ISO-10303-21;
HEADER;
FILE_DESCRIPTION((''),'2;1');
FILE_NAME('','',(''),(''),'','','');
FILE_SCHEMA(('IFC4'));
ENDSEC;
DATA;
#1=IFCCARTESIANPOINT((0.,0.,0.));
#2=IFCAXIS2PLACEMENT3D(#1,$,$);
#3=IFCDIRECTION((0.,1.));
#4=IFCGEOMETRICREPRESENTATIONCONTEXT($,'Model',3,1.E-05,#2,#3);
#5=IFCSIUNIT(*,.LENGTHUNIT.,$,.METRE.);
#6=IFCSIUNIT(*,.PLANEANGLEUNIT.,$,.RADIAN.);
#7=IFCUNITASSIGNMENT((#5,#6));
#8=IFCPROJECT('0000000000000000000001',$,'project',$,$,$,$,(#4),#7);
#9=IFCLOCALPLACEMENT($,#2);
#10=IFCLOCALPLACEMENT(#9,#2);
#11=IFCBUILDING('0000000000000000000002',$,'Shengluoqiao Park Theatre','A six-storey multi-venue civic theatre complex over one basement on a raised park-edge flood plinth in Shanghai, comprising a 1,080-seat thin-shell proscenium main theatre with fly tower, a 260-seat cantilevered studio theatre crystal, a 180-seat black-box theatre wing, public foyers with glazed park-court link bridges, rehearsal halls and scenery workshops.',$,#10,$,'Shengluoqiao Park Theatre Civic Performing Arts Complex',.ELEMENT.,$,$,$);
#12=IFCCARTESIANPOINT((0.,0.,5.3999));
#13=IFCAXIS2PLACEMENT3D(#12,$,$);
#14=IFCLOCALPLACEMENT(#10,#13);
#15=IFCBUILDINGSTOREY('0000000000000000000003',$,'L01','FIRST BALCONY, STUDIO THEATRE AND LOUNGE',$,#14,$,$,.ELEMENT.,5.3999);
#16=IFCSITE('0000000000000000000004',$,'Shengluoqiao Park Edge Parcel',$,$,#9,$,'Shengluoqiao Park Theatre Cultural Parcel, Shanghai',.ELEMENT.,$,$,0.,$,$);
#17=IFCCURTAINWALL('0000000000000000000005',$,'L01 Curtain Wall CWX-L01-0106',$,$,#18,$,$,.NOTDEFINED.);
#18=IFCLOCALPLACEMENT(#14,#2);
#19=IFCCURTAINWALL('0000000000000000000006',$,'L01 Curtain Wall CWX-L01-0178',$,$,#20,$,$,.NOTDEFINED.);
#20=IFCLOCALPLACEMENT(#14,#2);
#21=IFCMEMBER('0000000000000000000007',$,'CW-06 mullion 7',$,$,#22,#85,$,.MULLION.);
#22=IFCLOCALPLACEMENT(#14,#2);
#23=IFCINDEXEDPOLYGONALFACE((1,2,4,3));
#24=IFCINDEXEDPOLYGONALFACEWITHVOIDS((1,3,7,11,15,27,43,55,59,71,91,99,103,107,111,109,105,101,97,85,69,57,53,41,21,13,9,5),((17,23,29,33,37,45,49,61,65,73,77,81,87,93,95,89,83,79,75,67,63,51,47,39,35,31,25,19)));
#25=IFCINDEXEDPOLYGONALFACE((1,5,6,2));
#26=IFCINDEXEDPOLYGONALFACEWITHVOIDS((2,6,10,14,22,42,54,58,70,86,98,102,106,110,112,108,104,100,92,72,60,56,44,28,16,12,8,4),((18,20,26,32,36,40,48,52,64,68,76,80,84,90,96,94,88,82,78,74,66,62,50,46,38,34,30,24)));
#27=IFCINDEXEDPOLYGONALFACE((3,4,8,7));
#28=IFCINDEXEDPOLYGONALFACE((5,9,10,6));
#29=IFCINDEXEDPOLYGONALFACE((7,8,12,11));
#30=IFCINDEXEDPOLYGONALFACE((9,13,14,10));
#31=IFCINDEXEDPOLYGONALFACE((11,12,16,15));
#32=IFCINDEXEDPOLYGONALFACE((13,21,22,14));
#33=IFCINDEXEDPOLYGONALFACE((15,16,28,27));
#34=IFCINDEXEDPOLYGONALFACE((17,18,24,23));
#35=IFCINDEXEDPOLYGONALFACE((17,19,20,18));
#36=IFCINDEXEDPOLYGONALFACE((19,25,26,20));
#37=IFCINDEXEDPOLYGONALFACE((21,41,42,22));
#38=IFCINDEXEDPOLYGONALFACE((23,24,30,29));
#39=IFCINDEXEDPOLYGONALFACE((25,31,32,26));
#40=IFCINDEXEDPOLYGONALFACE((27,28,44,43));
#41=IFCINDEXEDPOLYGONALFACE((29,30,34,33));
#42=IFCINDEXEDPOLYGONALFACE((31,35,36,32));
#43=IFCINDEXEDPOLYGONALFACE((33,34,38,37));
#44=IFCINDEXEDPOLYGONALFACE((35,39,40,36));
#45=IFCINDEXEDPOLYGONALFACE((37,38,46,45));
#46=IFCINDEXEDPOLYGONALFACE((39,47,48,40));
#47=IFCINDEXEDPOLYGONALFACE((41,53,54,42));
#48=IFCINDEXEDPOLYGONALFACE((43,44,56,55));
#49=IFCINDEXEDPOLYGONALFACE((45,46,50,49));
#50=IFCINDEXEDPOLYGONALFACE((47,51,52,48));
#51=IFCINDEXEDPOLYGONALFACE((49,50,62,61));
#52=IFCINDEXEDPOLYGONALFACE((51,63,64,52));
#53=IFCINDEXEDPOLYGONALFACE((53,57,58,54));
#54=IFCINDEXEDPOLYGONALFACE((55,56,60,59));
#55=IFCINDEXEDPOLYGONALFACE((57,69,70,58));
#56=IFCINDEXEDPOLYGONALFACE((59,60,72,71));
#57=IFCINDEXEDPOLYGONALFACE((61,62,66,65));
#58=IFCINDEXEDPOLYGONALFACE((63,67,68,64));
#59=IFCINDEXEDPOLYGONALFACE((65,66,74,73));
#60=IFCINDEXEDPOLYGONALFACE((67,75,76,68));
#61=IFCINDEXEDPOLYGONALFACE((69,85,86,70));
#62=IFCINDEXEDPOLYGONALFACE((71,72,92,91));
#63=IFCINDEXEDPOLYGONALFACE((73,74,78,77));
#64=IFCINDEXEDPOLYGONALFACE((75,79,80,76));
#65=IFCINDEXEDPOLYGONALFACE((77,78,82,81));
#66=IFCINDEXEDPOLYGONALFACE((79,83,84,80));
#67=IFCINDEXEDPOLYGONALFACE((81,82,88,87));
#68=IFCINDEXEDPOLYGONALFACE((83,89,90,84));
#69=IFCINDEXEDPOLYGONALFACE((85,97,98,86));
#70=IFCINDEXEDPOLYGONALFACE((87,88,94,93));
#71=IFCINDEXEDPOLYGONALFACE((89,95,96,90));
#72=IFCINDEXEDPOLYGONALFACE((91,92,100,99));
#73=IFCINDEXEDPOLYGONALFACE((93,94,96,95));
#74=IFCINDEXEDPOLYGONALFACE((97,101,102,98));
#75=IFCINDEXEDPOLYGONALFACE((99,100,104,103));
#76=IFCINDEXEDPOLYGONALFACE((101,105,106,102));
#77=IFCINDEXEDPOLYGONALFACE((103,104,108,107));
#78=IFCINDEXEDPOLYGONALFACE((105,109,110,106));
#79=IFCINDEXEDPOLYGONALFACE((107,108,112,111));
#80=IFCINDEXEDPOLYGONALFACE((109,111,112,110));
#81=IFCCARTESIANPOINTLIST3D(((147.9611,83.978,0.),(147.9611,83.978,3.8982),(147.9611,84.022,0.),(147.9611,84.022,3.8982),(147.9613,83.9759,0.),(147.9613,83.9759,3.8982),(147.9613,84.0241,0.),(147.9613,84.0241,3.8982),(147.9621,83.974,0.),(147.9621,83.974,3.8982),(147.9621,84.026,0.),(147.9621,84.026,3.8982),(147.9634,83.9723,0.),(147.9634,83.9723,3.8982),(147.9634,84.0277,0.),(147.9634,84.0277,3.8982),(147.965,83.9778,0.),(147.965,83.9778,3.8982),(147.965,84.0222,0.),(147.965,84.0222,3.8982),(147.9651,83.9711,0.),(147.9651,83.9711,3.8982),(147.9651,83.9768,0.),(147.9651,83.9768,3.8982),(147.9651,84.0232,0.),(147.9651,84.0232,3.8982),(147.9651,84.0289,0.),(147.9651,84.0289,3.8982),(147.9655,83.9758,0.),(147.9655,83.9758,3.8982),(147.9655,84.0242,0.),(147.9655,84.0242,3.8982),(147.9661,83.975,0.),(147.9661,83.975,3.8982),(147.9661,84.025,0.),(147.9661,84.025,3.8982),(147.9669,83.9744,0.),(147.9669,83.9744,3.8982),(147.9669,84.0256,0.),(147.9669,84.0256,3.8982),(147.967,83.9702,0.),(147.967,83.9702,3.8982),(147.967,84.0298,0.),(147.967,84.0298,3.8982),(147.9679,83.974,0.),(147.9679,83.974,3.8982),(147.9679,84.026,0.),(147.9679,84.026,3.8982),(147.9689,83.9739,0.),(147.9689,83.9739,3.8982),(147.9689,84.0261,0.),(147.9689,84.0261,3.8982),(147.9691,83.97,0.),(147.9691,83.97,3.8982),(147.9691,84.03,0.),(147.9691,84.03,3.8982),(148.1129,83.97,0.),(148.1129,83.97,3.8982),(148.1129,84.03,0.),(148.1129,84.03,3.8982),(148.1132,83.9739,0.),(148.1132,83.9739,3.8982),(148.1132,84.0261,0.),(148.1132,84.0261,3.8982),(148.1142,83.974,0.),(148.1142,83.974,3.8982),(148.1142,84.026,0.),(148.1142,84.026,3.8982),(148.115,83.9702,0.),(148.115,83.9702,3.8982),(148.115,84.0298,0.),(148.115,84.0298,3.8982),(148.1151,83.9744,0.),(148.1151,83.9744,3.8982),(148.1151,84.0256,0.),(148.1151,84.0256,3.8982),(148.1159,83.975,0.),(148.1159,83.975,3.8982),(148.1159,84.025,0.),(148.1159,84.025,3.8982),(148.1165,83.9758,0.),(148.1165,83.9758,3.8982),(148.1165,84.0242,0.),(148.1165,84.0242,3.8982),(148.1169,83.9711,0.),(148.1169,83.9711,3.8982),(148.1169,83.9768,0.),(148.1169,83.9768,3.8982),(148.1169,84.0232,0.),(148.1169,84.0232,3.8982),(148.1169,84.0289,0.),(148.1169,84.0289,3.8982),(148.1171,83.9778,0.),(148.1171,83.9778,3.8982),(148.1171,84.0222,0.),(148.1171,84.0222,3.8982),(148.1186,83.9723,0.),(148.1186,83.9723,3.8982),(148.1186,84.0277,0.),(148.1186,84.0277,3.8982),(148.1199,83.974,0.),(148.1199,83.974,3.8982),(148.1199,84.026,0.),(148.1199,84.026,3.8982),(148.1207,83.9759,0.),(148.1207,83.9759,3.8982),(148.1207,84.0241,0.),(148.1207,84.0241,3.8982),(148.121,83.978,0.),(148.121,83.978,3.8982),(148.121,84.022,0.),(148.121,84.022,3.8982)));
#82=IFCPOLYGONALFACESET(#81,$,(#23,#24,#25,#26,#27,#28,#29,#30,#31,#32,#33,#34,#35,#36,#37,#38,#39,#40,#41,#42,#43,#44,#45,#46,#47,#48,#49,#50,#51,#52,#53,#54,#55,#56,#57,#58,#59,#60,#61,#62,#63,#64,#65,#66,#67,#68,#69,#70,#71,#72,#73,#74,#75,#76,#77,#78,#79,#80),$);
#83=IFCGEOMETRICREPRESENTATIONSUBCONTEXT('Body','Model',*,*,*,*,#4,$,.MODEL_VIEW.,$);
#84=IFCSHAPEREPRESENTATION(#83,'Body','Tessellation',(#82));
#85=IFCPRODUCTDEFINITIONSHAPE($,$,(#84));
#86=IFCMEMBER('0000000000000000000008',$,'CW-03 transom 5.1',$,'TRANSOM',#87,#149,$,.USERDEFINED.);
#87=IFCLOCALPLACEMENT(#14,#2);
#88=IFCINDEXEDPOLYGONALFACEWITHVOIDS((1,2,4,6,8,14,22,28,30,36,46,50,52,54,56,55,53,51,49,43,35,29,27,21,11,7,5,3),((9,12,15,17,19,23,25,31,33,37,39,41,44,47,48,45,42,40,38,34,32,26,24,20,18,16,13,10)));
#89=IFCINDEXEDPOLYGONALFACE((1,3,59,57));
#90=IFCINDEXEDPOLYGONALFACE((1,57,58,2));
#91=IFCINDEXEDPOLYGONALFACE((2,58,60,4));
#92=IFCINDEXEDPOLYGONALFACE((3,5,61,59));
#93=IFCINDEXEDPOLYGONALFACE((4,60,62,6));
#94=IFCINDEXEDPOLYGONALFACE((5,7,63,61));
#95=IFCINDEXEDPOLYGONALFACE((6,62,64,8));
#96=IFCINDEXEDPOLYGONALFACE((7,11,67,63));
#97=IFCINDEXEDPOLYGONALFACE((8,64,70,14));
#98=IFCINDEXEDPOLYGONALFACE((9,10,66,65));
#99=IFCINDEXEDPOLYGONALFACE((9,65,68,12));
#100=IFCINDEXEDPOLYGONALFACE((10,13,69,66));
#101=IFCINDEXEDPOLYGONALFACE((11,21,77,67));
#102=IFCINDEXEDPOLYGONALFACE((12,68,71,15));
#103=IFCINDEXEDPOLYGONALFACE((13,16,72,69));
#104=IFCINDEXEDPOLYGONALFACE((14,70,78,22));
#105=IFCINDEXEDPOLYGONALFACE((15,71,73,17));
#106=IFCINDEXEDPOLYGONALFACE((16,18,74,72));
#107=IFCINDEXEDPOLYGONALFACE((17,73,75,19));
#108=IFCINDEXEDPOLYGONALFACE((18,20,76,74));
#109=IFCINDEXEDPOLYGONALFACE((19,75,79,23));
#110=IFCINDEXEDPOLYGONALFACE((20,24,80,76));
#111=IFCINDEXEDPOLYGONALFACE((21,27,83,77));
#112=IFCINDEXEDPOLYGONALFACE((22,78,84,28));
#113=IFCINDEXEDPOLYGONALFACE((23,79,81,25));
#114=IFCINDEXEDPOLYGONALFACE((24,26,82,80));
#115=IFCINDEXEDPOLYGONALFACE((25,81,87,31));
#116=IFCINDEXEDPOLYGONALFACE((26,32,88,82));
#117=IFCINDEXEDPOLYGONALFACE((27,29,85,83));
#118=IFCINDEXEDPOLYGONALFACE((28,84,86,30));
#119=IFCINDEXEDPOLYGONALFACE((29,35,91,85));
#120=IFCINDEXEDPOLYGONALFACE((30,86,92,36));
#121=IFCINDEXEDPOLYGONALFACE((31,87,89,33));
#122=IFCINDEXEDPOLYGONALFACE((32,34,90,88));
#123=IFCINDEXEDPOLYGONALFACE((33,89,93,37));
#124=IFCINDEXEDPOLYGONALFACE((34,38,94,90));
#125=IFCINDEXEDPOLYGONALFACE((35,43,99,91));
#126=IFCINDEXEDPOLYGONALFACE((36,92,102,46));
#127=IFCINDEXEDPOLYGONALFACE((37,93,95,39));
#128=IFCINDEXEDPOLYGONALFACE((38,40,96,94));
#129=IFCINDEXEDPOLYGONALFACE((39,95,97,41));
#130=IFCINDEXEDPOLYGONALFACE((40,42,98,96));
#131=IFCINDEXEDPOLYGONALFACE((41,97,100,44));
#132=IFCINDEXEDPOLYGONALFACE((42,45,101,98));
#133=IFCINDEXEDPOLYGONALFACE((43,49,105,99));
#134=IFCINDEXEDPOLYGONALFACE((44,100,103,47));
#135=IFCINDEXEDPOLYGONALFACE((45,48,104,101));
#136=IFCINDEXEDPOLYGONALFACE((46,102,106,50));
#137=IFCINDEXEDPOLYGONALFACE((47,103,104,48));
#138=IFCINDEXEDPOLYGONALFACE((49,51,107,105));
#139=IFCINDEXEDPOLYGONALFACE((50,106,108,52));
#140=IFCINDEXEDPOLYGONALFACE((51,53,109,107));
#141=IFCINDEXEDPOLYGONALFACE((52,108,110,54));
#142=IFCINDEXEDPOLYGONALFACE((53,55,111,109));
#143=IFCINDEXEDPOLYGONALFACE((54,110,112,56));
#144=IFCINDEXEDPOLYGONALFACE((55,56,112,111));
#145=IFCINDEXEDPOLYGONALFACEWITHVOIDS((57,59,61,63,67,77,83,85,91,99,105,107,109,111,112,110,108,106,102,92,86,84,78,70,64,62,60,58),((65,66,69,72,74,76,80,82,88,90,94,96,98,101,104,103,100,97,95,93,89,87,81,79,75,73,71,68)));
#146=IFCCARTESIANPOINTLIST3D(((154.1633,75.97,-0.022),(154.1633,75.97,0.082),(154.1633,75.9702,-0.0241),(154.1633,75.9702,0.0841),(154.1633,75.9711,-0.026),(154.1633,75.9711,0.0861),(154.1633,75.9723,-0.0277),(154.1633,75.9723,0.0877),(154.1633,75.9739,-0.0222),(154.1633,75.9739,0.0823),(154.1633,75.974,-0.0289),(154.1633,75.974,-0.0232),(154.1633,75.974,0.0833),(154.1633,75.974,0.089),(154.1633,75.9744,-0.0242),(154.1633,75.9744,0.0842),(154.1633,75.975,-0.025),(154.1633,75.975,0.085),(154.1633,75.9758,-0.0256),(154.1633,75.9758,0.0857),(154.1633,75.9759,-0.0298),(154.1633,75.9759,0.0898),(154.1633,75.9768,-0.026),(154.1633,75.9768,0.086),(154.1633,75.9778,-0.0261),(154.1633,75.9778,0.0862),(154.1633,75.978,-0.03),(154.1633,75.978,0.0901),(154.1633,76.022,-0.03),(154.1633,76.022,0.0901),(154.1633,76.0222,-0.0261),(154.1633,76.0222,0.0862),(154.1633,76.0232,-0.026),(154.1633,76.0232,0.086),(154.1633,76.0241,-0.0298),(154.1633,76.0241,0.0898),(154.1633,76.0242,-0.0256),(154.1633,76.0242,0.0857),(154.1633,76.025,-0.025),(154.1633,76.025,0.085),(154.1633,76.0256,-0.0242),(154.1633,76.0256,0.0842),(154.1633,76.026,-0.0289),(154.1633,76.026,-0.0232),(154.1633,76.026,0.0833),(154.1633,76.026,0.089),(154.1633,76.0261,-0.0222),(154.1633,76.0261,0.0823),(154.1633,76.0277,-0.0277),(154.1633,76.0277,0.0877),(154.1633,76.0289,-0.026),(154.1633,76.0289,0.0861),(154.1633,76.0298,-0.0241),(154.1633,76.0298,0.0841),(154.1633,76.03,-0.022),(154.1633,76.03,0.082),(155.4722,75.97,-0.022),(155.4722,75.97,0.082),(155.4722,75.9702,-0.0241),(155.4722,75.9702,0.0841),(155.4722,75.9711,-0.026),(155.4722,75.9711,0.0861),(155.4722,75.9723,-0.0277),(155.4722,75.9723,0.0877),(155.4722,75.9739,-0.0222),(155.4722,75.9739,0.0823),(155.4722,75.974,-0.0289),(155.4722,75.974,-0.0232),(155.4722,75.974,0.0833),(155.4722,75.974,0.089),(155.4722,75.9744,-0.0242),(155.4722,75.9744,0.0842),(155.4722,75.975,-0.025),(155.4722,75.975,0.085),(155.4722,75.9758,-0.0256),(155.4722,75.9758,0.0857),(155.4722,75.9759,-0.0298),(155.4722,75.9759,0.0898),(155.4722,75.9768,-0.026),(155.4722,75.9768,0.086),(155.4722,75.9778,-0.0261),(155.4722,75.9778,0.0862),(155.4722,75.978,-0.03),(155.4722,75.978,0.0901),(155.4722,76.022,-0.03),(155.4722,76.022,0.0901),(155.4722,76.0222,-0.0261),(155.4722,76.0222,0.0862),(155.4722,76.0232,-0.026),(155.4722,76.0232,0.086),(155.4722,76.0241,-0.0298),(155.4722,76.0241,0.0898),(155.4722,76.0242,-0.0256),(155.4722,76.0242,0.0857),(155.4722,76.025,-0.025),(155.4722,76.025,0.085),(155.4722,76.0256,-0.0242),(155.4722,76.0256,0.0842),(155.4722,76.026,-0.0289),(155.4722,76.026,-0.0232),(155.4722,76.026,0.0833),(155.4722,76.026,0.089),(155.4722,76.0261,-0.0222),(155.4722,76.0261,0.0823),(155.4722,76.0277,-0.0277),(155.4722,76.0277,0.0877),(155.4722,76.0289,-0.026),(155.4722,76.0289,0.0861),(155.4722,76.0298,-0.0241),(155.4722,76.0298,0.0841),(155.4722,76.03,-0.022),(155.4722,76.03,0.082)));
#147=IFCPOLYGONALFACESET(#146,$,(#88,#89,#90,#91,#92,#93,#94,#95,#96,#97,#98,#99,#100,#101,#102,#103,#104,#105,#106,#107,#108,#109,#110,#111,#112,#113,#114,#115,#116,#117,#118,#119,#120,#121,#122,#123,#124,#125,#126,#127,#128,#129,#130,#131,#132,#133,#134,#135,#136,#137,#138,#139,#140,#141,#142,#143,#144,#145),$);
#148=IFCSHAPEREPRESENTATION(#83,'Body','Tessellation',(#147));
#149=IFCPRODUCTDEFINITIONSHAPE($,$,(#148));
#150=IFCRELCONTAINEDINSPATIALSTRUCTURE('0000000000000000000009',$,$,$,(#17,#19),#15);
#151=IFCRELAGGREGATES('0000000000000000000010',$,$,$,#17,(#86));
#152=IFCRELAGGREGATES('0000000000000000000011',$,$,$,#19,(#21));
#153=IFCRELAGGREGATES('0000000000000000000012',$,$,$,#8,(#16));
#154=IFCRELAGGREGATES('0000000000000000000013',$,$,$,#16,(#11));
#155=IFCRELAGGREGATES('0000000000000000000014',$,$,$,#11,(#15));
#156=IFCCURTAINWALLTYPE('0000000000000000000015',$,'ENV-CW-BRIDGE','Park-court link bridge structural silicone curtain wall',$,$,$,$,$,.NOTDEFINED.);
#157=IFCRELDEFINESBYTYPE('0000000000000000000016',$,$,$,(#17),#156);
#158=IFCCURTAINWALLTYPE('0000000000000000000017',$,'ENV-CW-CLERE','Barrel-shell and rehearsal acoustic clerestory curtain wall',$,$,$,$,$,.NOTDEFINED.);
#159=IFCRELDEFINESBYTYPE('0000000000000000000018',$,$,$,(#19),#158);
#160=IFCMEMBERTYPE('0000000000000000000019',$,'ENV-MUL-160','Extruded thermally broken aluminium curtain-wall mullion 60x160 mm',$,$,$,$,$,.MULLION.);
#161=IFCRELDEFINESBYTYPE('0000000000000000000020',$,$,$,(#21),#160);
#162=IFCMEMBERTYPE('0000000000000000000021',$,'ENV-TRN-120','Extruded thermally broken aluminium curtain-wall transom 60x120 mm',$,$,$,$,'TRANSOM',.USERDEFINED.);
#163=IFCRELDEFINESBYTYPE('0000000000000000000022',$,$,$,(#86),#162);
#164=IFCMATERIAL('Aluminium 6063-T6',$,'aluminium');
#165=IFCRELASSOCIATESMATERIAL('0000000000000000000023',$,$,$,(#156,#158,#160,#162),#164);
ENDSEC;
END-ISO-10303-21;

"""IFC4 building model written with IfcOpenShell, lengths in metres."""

from ifc_helpers import new_model, si_unit, direction, frame, origin, origin_2d, place, context, subcontext, project, spatial, hollow_rectangle, extrude, material, material_profile, profile_set, type_object, element, aggregate, save


model = new_model("IFC4")

# Units and contexts
model_context = context("Model", 3, precision=1e-05, world=origin(), true_north=direction((0.0, 1.0)))
body_context = subcontext(model_context, "Body", "Model", "MODEL_VIEW")
ifc_project = project(units=[si_unit("LENGTHUNIT", "METRE"), si_unit("PLANEANGLEUNIT", "RADIAN")], contexts=[model_context])

# Site, building, storey
site_placement = place(None, origin())
site = spatial("IfcSite", under=ifc_project, at=site_placement, Name="Shengluoqiao Park Edge Parcel", LongName="Shengluoqiao Park Theatre Cultural Parcel, Shanghai", CompositionType="ELEMENT", RefElevation=0.0)
building_placement = place(site_placement, origin())
building = spatial("IfcBuilding", under=site, at=building_placement, Name="Shengluoqiao Park Theatre", Description="A six-storey multi-venue civic theatre complex over one basement on a raised park-edge flood plinth in Shanghai, comprising a 1,080-seat thin-shell proscenium main theatre with fly tower, a 260-seat cantilevered studio theatre crystal, a 180-seat black-box theatre wing, public foyers with glazed park-court link bridges, rehearsal halls and scenery workshops.", LongName="Shengluoqiao Park Theatre Civic Performing Arts Complex", CompositionType="ELEMENT")
storey_placement = place(building_placement, frame((0.0, 0.0, 5.3999)))
storey = spatial("IfcBuildingStorey", under=building, at=storey_placement, Name="L01", Description="FIRST BALCONY, STUDIO THEATRE AND LOUNGE", CompositionType="ELEMENT", Elevation=5.3999)

# Curtain wall
ifc_material_1 = material(Name="Aluminium 6063-T6", Category="aluminium")
curtain_wall_type_1 = type_object("IfcCurtainWallType", Name="ENV-CW-BRIDGE", Description="Park-court link bridge structural silicone curtain wall", PredefinedType="NOTDEFINED", material=ifc_material_1)
curtain_wall_1_placement = place(storey_placement, origin())
curtain_wall_1 = element("IfcCurtainWall", 1, at=curtain_wall_1_placement, inside=storey, type_object=curtain_wall_type_1, Name="L01 Curtain Wall CWX-L01-0106", PredefinedType="NOTDEFINED")
ifc_material_profile_1 = material_profile(ifc_material_1, hollow_rectangle(XDim=0.0601, YDim=0.1599, WallThickness=0.0039, InnerFilletRadius=0.0039, OuterFilletRadius=0.0081, at=origin_2d()), Name="ALU MULLION 160x60x4")
ifc_profile_set_1 = profile_set([ifc_material_profile_1], Name="Aluminium 6063-T6")
member_type_1 = type_object("IfcMemberType", Name="ENV-MUL-160", Description="Extruded thermally broken aluminium curtain-wall mullion 60x160 mm", PredefinedType="MULLION", material=ifc_profile_set_1)

# Curtain wall, member
curtain_wall_type_2 = type_object("IfcCurtainWallType", Name="ENV-CW-CLERE", Description="Barrel-shell and rehearsal acoustic clerestory curtain wall", PredefinedType="NOTDEFINED", material=ifc_material_1)
curtain_wall_2_placement = place(storey_placement, origin())
curtain_wall_2 = element("IfcCurtainWall", 2, at=curtain_wall_2_placement, inside=storey, type_object=curtain_wall_type_2, Name="L01 Curtain Wall CWX-L01-0178", PredefinedType="NOTDEFINED")
member_1_placement = place(storey_placement, frame((148.041, 84.0, 0.0), z_axis=(0.0, 0.0, 1.0), x_axis=(0.0, 1.0, 0.0)))
member_1 = element("IfcMember", 3, at=member_1_placement, type_object=member_type_1, Name="CW-06 mullion 7", PredefinedType="MULLION", context=body_context, shape_type="SweptSolid", body=[
    extrude(hollow_rectangle(XDim=0.0601, YDim=0.1599, WallThickness=0.0039, InnerFilletRadius=0.0039, OuterFilletRadius=0.0081, at=origin_2d()), origin(), (0.0, 0.0, 1.0), 3.8982),
])

# Member
ifc_material_profile_2 = material_profile(ifc_material_1, hollow_rectangle(XDim=0.0601, YDim=0.1201, WallThickness=0.0039, InnerFilletRadius=0.0039, OuterFilletRadius=0.0081, at=origin_2d()), Name="ALU TRANSOM 120x60x4")
ifc_profile_set_2 = profile_set([ifc_material_profile_2], Name="Aluminium 6063-T6")
member_type_2 = type_object("IfcMemberType", Name="ENV-TRN-120", Description="Extruded thermally broken aluminium curtain-wall transom 60x120 mm", ElementType="TRANSOM", PredefinedType="USERDEFINED", material=ifc_profile_set_2)
member_2_placement = place(storey_placement, frame((154.1633, 76.0, 0.03), z_axis=(1.0, 0.0, 0.0), x_axis=(0.0, 1.0, 0.0)))
member_2 = element("IfcMember", 4, at=member_2_placement, type_object=member_type_2, Name="CW-03 transom 5.1", ObjectType="TRANSOM", PredefinedType="USERDEFINED", context=body_context, shape_type="SweptSolid", body=[
    extrude(hollow_rectangle(XDim=0.0601, YDim=0.1201, WallThickness=0.0039, InnerFilletRadius=0.0039, OuterFilletRadius=0.0081, at=origin_2d()), origin(), (0.0, 0.0, 1.0), 1.3088),
])

aggregate(curtain_wall_1, [member_2])
aggregate(curtain_wall_2, [member_1])

save(model, "model.ifc")
